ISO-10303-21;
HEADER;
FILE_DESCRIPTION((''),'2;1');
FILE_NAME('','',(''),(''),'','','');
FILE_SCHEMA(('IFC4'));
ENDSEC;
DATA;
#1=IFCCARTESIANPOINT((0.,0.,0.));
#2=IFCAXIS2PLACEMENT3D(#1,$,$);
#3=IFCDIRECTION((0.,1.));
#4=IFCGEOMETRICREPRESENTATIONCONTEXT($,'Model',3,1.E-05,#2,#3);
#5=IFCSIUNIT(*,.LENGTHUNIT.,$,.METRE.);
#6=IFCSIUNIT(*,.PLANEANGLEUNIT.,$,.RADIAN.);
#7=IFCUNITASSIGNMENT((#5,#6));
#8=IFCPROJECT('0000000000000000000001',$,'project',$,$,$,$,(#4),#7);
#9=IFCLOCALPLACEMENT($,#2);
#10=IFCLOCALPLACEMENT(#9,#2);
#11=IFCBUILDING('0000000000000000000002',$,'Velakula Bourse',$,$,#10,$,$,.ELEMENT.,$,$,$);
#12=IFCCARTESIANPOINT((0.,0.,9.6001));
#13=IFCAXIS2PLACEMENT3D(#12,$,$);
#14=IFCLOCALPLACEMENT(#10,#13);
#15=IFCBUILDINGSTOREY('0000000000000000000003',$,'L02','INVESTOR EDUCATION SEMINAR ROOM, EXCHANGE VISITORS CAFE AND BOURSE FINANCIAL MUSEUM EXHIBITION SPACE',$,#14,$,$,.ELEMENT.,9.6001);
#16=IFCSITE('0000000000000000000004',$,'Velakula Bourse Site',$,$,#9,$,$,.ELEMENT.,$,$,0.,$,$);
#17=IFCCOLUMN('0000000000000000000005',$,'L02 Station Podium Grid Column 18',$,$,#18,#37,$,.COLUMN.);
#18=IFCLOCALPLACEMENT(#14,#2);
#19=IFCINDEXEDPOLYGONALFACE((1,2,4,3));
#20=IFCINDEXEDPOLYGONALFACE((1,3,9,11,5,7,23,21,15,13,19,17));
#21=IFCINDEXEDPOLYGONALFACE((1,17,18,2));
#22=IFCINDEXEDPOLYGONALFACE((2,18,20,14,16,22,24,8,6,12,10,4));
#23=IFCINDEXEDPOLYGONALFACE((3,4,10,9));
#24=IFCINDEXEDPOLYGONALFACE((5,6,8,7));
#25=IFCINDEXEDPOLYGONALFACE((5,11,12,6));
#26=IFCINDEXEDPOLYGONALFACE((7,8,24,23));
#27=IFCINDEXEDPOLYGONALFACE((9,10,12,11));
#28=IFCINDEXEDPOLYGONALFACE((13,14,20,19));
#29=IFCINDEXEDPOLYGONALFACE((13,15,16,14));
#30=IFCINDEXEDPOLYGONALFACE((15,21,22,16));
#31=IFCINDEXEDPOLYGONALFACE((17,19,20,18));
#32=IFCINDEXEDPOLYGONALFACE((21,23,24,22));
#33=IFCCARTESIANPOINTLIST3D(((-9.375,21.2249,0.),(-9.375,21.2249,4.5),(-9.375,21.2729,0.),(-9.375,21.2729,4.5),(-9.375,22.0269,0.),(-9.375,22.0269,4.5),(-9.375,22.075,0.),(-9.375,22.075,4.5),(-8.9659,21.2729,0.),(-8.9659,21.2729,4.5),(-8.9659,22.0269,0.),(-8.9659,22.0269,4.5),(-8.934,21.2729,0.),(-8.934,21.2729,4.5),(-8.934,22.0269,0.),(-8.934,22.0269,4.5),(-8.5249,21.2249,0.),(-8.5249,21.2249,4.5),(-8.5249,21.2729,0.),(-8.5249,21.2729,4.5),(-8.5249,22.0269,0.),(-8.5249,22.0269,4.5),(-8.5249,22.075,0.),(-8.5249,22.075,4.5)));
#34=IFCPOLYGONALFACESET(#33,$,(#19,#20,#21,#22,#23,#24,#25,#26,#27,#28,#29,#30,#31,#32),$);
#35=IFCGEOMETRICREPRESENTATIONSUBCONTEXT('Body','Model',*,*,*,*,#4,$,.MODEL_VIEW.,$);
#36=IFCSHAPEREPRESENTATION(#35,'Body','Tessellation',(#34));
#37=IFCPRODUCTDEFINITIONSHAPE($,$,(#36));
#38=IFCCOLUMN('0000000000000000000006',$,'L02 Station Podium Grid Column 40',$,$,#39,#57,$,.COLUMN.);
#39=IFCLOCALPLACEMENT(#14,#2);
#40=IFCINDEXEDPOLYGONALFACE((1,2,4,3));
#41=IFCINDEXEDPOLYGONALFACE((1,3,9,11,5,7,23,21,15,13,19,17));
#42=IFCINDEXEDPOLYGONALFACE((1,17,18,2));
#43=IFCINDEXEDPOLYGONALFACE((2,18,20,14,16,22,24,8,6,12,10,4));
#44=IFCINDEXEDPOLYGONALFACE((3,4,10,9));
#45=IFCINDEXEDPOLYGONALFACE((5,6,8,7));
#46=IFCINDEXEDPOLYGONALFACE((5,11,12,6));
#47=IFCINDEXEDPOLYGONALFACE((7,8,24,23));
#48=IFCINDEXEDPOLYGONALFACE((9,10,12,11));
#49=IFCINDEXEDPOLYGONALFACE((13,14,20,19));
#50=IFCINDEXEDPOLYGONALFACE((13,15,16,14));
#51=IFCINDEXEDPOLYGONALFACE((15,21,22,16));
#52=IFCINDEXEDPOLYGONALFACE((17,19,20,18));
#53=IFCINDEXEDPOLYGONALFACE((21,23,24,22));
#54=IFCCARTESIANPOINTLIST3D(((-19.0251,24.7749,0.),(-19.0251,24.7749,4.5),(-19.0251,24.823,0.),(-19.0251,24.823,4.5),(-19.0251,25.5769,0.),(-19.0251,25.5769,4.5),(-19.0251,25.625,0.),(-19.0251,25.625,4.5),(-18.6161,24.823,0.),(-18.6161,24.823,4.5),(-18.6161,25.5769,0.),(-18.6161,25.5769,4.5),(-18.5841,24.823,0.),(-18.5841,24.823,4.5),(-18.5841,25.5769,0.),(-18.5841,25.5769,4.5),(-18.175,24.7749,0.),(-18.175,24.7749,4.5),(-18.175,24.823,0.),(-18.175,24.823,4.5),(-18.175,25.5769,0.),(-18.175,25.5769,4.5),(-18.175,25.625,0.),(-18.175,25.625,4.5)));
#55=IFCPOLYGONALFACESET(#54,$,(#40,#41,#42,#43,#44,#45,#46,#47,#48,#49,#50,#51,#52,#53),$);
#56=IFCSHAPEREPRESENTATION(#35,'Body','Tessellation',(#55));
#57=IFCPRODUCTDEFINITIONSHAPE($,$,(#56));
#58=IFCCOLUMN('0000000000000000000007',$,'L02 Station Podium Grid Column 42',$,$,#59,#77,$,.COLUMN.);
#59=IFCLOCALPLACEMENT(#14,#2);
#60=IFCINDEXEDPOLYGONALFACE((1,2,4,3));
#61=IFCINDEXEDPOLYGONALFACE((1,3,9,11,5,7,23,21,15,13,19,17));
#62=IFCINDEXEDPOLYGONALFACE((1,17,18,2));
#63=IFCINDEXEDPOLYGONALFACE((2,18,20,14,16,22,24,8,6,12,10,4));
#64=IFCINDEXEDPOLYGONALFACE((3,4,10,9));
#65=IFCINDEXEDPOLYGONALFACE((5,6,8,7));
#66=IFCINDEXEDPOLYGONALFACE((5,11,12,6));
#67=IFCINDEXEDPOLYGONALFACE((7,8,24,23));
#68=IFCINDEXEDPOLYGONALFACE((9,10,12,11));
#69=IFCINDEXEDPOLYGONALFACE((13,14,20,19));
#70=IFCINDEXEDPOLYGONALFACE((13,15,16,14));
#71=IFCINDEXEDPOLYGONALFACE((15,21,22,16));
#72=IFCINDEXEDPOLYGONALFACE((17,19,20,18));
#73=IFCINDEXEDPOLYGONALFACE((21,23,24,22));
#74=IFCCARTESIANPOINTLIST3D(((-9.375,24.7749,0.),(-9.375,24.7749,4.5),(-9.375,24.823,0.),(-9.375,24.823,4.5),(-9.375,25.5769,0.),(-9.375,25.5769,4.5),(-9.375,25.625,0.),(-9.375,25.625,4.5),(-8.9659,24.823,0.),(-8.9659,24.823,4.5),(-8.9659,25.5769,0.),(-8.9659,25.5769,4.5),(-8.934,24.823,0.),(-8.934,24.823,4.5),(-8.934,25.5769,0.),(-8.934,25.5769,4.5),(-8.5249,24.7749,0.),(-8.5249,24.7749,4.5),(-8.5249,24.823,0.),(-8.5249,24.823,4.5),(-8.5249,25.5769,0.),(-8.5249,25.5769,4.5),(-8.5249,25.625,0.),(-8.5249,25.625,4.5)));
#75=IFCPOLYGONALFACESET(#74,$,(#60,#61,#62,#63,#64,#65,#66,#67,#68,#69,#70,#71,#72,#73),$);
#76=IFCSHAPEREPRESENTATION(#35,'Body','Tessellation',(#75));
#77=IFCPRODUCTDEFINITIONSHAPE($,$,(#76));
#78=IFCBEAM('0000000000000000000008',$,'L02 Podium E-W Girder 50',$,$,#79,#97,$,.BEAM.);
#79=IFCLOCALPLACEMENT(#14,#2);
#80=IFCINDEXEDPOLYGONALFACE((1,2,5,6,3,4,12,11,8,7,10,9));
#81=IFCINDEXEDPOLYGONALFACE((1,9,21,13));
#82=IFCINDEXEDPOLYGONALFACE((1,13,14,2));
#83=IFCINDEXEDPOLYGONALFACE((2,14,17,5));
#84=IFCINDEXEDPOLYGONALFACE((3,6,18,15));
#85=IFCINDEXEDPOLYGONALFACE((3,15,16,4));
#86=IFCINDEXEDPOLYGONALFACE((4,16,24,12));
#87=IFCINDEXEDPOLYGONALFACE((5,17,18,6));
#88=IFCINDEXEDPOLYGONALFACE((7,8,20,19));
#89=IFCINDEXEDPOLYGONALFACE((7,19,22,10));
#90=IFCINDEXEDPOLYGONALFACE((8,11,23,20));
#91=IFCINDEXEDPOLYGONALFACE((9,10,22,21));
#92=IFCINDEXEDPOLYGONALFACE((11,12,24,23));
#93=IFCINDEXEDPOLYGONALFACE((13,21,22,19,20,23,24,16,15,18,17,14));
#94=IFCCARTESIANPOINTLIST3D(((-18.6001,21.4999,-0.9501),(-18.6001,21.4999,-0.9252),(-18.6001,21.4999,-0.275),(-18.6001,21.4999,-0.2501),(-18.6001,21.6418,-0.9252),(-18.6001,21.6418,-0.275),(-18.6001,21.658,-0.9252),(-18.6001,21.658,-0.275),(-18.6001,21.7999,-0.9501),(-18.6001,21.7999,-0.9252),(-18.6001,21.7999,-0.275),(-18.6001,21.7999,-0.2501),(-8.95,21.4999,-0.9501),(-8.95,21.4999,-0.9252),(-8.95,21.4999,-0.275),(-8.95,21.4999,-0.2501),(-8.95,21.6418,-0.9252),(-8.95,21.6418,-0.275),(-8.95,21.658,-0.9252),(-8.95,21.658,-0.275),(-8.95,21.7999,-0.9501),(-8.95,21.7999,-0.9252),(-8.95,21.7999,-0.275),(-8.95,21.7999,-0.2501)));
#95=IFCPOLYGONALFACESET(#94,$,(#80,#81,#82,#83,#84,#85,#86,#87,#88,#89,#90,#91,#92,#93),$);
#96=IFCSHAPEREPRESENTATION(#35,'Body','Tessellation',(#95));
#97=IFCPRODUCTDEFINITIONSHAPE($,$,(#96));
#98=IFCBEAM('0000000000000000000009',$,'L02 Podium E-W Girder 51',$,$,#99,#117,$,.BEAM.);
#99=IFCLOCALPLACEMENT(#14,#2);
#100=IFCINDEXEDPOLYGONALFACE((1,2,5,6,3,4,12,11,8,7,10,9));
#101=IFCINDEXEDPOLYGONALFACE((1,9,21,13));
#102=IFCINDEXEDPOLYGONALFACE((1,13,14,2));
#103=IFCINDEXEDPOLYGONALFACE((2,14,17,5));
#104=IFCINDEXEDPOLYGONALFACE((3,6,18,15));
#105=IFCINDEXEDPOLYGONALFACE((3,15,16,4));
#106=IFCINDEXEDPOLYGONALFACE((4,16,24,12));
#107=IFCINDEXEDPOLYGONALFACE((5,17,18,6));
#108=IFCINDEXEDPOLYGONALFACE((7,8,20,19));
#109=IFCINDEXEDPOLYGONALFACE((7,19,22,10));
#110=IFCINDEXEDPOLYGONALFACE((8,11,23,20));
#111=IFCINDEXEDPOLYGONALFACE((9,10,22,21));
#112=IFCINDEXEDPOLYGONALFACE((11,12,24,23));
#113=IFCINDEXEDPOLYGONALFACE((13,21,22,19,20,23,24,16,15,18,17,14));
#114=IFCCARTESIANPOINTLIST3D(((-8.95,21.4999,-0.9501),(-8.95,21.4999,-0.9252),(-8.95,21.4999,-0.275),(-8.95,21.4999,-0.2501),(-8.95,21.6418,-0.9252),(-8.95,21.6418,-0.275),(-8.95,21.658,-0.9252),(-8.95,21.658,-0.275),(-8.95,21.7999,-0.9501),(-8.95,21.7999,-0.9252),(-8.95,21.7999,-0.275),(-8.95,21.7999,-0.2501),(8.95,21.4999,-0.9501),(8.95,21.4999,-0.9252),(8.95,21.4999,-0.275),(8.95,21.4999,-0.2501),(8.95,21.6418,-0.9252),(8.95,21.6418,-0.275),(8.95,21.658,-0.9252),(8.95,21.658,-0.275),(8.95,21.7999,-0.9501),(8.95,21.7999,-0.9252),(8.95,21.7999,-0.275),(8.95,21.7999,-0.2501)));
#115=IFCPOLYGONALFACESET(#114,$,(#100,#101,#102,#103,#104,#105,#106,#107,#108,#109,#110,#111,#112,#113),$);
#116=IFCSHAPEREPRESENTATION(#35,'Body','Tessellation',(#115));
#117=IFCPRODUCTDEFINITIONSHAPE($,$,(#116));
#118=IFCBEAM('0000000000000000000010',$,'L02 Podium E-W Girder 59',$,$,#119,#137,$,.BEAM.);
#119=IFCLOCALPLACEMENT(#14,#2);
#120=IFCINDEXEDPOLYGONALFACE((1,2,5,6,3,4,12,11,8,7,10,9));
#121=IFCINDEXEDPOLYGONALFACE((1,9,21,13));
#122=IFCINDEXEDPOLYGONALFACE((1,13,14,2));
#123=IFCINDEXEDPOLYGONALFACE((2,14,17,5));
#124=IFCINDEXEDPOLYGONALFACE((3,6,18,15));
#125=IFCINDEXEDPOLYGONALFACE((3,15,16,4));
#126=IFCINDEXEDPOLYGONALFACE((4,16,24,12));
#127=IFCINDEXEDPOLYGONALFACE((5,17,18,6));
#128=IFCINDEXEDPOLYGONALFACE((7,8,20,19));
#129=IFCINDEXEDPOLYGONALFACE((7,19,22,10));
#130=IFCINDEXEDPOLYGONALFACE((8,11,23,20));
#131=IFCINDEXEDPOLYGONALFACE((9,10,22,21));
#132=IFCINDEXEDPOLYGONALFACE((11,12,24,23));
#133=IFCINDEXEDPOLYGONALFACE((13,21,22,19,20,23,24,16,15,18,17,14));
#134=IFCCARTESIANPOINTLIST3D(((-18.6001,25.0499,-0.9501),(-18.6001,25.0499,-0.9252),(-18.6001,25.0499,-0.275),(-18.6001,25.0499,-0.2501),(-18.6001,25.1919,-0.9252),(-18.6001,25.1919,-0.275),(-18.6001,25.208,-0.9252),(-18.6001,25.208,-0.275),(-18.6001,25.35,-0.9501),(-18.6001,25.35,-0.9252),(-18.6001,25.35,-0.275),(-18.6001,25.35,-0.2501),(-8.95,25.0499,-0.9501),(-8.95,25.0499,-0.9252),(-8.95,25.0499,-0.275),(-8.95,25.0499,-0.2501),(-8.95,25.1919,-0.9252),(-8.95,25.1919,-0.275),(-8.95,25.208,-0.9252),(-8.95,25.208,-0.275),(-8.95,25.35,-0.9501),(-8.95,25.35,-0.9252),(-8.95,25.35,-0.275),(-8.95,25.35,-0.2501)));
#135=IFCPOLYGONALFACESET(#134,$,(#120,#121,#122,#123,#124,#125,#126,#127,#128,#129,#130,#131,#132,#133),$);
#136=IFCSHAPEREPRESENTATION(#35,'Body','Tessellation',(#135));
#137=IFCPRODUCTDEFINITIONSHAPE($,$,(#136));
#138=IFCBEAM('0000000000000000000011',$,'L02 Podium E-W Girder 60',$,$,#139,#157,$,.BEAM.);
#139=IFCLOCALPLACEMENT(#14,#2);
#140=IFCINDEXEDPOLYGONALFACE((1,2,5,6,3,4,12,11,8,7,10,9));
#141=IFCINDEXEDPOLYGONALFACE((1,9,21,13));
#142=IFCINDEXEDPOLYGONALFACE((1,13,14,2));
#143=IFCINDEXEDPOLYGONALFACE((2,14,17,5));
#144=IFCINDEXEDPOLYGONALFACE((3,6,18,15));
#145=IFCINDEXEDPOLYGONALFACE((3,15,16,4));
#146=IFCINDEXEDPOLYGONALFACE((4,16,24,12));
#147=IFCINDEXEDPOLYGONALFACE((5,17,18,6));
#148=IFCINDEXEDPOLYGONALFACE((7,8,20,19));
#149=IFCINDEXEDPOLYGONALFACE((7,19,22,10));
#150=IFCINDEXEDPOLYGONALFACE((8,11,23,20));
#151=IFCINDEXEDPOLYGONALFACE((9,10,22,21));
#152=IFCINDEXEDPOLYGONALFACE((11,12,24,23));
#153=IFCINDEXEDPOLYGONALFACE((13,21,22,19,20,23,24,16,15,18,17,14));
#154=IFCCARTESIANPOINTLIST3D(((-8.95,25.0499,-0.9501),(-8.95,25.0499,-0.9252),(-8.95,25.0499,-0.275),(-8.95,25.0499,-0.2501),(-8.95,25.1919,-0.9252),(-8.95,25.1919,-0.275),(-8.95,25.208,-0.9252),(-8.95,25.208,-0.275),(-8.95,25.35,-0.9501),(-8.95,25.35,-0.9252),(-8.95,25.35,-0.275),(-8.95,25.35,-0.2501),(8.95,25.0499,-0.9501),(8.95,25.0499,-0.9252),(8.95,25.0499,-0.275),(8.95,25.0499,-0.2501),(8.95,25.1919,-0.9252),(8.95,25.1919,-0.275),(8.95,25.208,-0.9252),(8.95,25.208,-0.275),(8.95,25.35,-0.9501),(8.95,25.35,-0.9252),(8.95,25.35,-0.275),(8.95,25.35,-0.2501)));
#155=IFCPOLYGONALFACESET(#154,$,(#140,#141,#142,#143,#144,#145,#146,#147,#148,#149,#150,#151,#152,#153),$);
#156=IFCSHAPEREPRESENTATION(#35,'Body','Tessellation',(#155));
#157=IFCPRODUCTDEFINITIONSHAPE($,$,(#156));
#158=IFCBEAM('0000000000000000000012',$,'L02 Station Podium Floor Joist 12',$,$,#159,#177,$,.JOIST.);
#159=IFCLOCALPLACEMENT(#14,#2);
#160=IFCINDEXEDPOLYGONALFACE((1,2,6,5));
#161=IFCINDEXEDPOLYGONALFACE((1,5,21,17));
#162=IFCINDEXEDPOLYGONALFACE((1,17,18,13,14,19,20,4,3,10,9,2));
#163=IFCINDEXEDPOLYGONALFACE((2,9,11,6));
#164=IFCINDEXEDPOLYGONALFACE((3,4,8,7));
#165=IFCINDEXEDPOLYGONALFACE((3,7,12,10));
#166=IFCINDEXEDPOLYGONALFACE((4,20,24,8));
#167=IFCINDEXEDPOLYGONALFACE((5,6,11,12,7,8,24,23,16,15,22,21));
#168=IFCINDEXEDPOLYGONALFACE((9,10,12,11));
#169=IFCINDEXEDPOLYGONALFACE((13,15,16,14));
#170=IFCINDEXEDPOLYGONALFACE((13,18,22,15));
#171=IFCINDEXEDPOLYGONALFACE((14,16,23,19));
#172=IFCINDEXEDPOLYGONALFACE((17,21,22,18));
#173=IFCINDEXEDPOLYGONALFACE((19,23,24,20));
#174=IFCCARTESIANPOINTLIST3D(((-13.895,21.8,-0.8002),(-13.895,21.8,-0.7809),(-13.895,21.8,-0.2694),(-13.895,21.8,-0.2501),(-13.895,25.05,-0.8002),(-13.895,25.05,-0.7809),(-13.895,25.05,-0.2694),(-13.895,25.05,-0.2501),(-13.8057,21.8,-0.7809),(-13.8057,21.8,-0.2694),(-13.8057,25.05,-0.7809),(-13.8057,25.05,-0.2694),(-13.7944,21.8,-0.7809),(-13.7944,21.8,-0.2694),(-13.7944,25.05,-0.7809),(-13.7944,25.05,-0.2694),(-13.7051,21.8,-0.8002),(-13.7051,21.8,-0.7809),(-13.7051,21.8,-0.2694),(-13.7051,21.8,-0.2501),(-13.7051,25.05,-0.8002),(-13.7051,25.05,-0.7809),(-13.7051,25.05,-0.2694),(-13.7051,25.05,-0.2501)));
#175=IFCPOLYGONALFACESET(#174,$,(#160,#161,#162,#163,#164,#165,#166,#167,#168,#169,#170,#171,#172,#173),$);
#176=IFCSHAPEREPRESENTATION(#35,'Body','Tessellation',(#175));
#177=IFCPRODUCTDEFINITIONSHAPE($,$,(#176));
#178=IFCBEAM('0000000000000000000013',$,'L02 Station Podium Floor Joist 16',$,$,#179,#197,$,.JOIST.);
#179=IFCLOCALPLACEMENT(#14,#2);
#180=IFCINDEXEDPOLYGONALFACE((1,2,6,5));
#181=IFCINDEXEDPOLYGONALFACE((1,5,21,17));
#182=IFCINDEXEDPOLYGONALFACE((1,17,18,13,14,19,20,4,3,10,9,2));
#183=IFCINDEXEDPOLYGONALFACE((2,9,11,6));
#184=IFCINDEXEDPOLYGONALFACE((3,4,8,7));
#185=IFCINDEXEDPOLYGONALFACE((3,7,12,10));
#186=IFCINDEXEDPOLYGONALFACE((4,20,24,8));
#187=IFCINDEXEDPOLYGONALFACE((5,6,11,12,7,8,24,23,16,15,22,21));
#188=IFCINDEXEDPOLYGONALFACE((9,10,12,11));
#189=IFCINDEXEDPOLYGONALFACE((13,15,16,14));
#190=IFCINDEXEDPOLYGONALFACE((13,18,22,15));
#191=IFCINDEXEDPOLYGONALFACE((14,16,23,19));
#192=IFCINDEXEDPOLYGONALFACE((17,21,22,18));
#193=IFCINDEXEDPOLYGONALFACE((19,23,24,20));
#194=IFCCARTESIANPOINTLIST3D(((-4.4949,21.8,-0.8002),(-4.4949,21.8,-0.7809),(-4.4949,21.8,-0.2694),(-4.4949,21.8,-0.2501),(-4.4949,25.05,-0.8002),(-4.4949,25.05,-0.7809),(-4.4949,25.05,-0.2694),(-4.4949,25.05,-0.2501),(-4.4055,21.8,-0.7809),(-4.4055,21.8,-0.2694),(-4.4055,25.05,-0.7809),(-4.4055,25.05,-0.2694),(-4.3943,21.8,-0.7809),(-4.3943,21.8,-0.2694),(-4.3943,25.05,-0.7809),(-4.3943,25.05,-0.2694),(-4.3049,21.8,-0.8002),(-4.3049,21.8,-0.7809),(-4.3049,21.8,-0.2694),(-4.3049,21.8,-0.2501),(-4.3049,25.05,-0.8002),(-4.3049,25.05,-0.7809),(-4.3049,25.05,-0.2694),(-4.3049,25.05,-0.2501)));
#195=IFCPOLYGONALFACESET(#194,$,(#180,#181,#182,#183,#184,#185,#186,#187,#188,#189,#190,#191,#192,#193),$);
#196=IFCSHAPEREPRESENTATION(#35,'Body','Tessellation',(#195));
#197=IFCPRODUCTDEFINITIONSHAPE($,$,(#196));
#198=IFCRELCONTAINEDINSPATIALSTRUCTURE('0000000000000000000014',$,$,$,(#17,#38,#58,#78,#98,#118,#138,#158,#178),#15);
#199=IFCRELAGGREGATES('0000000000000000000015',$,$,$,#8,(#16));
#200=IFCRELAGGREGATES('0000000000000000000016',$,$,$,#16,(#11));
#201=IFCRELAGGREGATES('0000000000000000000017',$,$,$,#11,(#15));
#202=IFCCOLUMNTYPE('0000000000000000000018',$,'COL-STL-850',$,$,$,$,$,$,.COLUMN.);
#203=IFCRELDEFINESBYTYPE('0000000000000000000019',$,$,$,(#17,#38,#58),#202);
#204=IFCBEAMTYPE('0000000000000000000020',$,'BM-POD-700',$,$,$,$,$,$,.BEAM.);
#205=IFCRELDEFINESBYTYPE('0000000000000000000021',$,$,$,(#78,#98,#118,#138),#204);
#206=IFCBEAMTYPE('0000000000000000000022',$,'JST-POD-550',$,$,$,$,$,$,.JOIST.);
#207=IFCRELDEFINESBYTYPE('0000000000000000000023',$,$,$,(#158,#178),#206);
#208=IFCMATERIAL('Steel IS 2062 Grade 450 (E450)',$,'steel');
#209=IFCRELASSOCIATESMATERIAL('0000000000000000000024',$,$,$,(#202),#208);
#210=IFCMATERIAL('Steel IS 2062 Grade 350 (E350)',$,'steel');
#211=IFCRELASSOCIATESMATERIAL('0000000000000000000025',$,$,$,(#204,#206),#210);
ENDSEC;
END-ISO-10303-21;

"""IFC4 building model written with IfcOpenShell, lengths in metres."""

from ifc_helpers import new_model, si_unit, direction, frame, origin, origin_2d, place, context, subcontext, project, spatial, i_section, extrude, material, material_profile, profile_set, type_object, element, save


model = new_model("IFC4")

# Units and contexts
model_context = context("Model", 3, precision=1e-05, world=origin(), true_north=direction((0.0, 1.0)))
body_context = subcontext(model_context, "Body", "Model", "MODEL_VIEW")
ifc_project = project(units=[si_unit("LENGTHUNIT", "METRE"), si_unit("PLANEANGLEUNIT", "RADIAN")], contexts=[model_context])

# Site, building, storey
site_placement = place(None, origin())
site = spatial("IfcSite", under=ifc_project, at=site_placement, Name="Velakula Bourse Site", CompositionType="ELEMENT", RefElevation=0.0)
building_placement = place(site_placement, origin())
building = spatial("IfcBuilding", under=site, at=building_placement, Name="Velakula Bourse", CompositionType="ELEMENT")
storey_placement = place(building_placement, frame((0.0, 0.0, 9.6001)))
storey = spatial("IfcBuildingStorey", under=building, at=storey_placement, Name="L02", Description="INVESTOR EDUCATION SEMINAR ROOM, EXCHANGE VISITORS CAFE AND BOURSE FINANCIAL MUSEUM EXHIBITION SPACE", CompositionType="ELEMENT", Elevation=9.6001)

# Columns
ifc_material_1 = material(Name="Steel IS 2062 Grade 450 (E450)", Category="steel")
ifc_material_profile_1 = material_profile(ifc_material_1, i_section(OverallWidth=0.8501, OverallDepth=0.8501, WebThickness=0.032, FlangeThickness=0.0481, at=origin_2d()), Name="Steel IS 2062 Grade 450 (E450)")
ifc_profile_set_1 = profile_set([ifc_material_profile_1], Name="Steel IS 2062 Grade 450 (E450)")
column_type = type_object("IfcColumnType", Name="COL-STL-850", PredefinedType="COLUMN", material=ifc_profile_set_1)
for number, where, z_axis, x_axis, name in (
    (1, (-8.95, 21.6499, 0.0), (0.0, 0.0, 1.0), (1.0, 0.0, 0.0), "L02 Station Podium Grid Column 18"),
    (2, (-18.6001, 25.2, 0.0), (0.0, 0.0, 1.0), (1.0, 0.0, 0.0), "L02 Station Podium Grid Column 40"),
    (3, (-8.95, 25.2, 0.0), (0.0, 0.0, 1.0), (1.0, 0.0, 0.0), "L02 Station Podium Grid Column 42"),
):
    element("IfcColumn", number, at=place(storey_placement, frame(where, z_axis=z_axis, x_axis=x_axis)), inside=storey, type_object=column_type, Name=name, PredefinedType="COLUMN", context=body_context, shape_type="SweptSolid", body=[
        extrude(i_section(OverallWidth=0.8501, OverallDepth=0.8501, WebThickness=0.032, FlangeThickness=0.0481, at=origin_2d()), origin(), (0.0, 0.0, 1.0), 4.5),
    ])

# Beams
ifc_material_2 = material(Name="Steel IS 2062 Grade 350 (E350)", Category="steel")
ifc_material_profile_2 = material_profile(ifc_material_2, i_section(OverallWidth=0.3, OverallDepth=0.7, WebThickness=0.0161, FlangeThickness=0.0249, at=origin_2d()), Name="Steel IS 2062 Grade 350 (E350)")
ifc_profile_set_2 = profile_set([ifc_material_profile_2], Name="Steel IS 2062 Grade 350 (E350)")
beam_type_1 = type_object("IfcBeamType", Name="BM-POD-700", PredefinedType="BEAM", material=ifc_profile_set_2)
beam_1_placement = place(storey_placement, frame((-18.6001, 21.6499, -0.6001), z_axis=(1.0, 0.0, 0.0), x_axis=(0.0, 1.0, 0.0)))
element("IfcBeam", 4, at=beam_1_placement, inside=storey, type_object=beam_type_1, Name="L02 Podium E-W Girder 50", PredefinedType="BEAM", context=body_context, shape_type="SweptSolid", body=[
    extrude(i_section(OverallWidth=0.3, OverallDepth=0.7, WebThickness=0.0161, FlangeThickness=0.0249, at=origin_2d()), origin(), (0.0, 0.0, 1.0), 9.6501),
])
beam_2_placement = place(storey_placement, frame((-8.95, 21.6499, -0.6001), z_axis=(1.0, 0.0, 0.0), x_axis=(0.0, 1.0, 0.0)))
element("IfcBeam", 5, at=beam_2_placement, inside=storey, type_object=beam_type_1, Name="L02 Podium E-W Girder 51", PredefinedType="BEAM", context=body_context, shape_type="SweptSolid", body=[
    extrude(i_section(OverallWidth=0.3, OverallDepth=0.7, WebThickness=0.0161, FlangeThickness=0.0249, at=origin_2d()), origin(), (0.0, 0.0, 1.0), 17.8999),
])
beam_3_placement = place(storey_placement, frame((-18.6001, 25.2, -0.6001), z_axis=(1.0, 0.0, 0.0), x_axis=(0.0, 1.0, 0.0)))
element("IfcBeam", 6, at=beam_3_placement, inside=storey, type_object=beam_type_1, Name="L02 Podium E-W Girder 59", PredefinedType="BEAM", context=body_context, shape_type="SweptSolid", body=[
    extrude(i_section(OverallWidth=0.3, OverallDepth=0.7, WebThickness=0.0161, FlangeThickness=0.0249, at=origin_2d()), origin(), (0.0, 0.0, 1.0), 9.6501),
])
beam_4_placement = place(storey_placement, frame((-8.95, 25.2, -0.6001), z_axis=(1.0, 0.0, 0.0), x_axis=(0.0, 1.0, 0.0)))
element("IfcBeam", 7, at=beam_4_placement, inside=storey, type_object=beam_type_1, Name="L02 Podium E-W Girder 60", PredefinedType="BEAM", context=body_context, shape_type="SweptSolid", body=[
    extrude(i_section(OverallWidth=0.3, OverallDepth=0.7, WebThickness=0.0161, FlangeThickness=0.0249, at=origin_2d()), origin(), (0.0, 0.0, 1.0), 17.8999),
])
ifc_material_profile_3 = material_profile(ifc_material_2, i_section(OverallWidth=0.1899, OverallDepth=0.55, WebThickness=0.0112, FlangeThickness=0.0193, at=origin_2d()), Name="Steel IS 2062 Grade 350 (E350)")
ifc_profile_set_3 = profile_set([ifc_material_profile_3], Name="Steel IS 2062 Grade 350 (E350)")
beam_type_2 = type_object("IfcBeamType", Name="JST-POD-550", PredefinedType="JOIST", material=ifc_profile_set_3)
for number, where, z_axis, x_axis, name in (
    (8, (-13.8, 21.8, -0.5251), (0.0, 1.0, 0.0), (-1.0, 0.0, 0.0), "L02 Station Podium Floor Joist 12"),
    (9, (-4.3999, 21.8, -0.5251), (0.0, 1.0, 0.0), (-1.0, 0.0, 0.0), "L02 Station Podium Floor Joist 16"),
):
    element("IfcBeam", number, at=place(storey_placement, frame(where, z_axis=z_axis, x_axis=x_axis)), inside=storey, type_object=beam_type_2, Name=name, PredefinedType="JOIST", context=body_context, shape_type="SweptSolid", body=[
        extrude(i_section(OverallWidth=0.1899, OverallDepth=0.55, WebThickness=0.0112, FlangeThickness=0.0193, at=origin_2d()), origin(), (0.0, 0.0, 1.0), 3.25),
    ])

save(model, "model.ifc")
